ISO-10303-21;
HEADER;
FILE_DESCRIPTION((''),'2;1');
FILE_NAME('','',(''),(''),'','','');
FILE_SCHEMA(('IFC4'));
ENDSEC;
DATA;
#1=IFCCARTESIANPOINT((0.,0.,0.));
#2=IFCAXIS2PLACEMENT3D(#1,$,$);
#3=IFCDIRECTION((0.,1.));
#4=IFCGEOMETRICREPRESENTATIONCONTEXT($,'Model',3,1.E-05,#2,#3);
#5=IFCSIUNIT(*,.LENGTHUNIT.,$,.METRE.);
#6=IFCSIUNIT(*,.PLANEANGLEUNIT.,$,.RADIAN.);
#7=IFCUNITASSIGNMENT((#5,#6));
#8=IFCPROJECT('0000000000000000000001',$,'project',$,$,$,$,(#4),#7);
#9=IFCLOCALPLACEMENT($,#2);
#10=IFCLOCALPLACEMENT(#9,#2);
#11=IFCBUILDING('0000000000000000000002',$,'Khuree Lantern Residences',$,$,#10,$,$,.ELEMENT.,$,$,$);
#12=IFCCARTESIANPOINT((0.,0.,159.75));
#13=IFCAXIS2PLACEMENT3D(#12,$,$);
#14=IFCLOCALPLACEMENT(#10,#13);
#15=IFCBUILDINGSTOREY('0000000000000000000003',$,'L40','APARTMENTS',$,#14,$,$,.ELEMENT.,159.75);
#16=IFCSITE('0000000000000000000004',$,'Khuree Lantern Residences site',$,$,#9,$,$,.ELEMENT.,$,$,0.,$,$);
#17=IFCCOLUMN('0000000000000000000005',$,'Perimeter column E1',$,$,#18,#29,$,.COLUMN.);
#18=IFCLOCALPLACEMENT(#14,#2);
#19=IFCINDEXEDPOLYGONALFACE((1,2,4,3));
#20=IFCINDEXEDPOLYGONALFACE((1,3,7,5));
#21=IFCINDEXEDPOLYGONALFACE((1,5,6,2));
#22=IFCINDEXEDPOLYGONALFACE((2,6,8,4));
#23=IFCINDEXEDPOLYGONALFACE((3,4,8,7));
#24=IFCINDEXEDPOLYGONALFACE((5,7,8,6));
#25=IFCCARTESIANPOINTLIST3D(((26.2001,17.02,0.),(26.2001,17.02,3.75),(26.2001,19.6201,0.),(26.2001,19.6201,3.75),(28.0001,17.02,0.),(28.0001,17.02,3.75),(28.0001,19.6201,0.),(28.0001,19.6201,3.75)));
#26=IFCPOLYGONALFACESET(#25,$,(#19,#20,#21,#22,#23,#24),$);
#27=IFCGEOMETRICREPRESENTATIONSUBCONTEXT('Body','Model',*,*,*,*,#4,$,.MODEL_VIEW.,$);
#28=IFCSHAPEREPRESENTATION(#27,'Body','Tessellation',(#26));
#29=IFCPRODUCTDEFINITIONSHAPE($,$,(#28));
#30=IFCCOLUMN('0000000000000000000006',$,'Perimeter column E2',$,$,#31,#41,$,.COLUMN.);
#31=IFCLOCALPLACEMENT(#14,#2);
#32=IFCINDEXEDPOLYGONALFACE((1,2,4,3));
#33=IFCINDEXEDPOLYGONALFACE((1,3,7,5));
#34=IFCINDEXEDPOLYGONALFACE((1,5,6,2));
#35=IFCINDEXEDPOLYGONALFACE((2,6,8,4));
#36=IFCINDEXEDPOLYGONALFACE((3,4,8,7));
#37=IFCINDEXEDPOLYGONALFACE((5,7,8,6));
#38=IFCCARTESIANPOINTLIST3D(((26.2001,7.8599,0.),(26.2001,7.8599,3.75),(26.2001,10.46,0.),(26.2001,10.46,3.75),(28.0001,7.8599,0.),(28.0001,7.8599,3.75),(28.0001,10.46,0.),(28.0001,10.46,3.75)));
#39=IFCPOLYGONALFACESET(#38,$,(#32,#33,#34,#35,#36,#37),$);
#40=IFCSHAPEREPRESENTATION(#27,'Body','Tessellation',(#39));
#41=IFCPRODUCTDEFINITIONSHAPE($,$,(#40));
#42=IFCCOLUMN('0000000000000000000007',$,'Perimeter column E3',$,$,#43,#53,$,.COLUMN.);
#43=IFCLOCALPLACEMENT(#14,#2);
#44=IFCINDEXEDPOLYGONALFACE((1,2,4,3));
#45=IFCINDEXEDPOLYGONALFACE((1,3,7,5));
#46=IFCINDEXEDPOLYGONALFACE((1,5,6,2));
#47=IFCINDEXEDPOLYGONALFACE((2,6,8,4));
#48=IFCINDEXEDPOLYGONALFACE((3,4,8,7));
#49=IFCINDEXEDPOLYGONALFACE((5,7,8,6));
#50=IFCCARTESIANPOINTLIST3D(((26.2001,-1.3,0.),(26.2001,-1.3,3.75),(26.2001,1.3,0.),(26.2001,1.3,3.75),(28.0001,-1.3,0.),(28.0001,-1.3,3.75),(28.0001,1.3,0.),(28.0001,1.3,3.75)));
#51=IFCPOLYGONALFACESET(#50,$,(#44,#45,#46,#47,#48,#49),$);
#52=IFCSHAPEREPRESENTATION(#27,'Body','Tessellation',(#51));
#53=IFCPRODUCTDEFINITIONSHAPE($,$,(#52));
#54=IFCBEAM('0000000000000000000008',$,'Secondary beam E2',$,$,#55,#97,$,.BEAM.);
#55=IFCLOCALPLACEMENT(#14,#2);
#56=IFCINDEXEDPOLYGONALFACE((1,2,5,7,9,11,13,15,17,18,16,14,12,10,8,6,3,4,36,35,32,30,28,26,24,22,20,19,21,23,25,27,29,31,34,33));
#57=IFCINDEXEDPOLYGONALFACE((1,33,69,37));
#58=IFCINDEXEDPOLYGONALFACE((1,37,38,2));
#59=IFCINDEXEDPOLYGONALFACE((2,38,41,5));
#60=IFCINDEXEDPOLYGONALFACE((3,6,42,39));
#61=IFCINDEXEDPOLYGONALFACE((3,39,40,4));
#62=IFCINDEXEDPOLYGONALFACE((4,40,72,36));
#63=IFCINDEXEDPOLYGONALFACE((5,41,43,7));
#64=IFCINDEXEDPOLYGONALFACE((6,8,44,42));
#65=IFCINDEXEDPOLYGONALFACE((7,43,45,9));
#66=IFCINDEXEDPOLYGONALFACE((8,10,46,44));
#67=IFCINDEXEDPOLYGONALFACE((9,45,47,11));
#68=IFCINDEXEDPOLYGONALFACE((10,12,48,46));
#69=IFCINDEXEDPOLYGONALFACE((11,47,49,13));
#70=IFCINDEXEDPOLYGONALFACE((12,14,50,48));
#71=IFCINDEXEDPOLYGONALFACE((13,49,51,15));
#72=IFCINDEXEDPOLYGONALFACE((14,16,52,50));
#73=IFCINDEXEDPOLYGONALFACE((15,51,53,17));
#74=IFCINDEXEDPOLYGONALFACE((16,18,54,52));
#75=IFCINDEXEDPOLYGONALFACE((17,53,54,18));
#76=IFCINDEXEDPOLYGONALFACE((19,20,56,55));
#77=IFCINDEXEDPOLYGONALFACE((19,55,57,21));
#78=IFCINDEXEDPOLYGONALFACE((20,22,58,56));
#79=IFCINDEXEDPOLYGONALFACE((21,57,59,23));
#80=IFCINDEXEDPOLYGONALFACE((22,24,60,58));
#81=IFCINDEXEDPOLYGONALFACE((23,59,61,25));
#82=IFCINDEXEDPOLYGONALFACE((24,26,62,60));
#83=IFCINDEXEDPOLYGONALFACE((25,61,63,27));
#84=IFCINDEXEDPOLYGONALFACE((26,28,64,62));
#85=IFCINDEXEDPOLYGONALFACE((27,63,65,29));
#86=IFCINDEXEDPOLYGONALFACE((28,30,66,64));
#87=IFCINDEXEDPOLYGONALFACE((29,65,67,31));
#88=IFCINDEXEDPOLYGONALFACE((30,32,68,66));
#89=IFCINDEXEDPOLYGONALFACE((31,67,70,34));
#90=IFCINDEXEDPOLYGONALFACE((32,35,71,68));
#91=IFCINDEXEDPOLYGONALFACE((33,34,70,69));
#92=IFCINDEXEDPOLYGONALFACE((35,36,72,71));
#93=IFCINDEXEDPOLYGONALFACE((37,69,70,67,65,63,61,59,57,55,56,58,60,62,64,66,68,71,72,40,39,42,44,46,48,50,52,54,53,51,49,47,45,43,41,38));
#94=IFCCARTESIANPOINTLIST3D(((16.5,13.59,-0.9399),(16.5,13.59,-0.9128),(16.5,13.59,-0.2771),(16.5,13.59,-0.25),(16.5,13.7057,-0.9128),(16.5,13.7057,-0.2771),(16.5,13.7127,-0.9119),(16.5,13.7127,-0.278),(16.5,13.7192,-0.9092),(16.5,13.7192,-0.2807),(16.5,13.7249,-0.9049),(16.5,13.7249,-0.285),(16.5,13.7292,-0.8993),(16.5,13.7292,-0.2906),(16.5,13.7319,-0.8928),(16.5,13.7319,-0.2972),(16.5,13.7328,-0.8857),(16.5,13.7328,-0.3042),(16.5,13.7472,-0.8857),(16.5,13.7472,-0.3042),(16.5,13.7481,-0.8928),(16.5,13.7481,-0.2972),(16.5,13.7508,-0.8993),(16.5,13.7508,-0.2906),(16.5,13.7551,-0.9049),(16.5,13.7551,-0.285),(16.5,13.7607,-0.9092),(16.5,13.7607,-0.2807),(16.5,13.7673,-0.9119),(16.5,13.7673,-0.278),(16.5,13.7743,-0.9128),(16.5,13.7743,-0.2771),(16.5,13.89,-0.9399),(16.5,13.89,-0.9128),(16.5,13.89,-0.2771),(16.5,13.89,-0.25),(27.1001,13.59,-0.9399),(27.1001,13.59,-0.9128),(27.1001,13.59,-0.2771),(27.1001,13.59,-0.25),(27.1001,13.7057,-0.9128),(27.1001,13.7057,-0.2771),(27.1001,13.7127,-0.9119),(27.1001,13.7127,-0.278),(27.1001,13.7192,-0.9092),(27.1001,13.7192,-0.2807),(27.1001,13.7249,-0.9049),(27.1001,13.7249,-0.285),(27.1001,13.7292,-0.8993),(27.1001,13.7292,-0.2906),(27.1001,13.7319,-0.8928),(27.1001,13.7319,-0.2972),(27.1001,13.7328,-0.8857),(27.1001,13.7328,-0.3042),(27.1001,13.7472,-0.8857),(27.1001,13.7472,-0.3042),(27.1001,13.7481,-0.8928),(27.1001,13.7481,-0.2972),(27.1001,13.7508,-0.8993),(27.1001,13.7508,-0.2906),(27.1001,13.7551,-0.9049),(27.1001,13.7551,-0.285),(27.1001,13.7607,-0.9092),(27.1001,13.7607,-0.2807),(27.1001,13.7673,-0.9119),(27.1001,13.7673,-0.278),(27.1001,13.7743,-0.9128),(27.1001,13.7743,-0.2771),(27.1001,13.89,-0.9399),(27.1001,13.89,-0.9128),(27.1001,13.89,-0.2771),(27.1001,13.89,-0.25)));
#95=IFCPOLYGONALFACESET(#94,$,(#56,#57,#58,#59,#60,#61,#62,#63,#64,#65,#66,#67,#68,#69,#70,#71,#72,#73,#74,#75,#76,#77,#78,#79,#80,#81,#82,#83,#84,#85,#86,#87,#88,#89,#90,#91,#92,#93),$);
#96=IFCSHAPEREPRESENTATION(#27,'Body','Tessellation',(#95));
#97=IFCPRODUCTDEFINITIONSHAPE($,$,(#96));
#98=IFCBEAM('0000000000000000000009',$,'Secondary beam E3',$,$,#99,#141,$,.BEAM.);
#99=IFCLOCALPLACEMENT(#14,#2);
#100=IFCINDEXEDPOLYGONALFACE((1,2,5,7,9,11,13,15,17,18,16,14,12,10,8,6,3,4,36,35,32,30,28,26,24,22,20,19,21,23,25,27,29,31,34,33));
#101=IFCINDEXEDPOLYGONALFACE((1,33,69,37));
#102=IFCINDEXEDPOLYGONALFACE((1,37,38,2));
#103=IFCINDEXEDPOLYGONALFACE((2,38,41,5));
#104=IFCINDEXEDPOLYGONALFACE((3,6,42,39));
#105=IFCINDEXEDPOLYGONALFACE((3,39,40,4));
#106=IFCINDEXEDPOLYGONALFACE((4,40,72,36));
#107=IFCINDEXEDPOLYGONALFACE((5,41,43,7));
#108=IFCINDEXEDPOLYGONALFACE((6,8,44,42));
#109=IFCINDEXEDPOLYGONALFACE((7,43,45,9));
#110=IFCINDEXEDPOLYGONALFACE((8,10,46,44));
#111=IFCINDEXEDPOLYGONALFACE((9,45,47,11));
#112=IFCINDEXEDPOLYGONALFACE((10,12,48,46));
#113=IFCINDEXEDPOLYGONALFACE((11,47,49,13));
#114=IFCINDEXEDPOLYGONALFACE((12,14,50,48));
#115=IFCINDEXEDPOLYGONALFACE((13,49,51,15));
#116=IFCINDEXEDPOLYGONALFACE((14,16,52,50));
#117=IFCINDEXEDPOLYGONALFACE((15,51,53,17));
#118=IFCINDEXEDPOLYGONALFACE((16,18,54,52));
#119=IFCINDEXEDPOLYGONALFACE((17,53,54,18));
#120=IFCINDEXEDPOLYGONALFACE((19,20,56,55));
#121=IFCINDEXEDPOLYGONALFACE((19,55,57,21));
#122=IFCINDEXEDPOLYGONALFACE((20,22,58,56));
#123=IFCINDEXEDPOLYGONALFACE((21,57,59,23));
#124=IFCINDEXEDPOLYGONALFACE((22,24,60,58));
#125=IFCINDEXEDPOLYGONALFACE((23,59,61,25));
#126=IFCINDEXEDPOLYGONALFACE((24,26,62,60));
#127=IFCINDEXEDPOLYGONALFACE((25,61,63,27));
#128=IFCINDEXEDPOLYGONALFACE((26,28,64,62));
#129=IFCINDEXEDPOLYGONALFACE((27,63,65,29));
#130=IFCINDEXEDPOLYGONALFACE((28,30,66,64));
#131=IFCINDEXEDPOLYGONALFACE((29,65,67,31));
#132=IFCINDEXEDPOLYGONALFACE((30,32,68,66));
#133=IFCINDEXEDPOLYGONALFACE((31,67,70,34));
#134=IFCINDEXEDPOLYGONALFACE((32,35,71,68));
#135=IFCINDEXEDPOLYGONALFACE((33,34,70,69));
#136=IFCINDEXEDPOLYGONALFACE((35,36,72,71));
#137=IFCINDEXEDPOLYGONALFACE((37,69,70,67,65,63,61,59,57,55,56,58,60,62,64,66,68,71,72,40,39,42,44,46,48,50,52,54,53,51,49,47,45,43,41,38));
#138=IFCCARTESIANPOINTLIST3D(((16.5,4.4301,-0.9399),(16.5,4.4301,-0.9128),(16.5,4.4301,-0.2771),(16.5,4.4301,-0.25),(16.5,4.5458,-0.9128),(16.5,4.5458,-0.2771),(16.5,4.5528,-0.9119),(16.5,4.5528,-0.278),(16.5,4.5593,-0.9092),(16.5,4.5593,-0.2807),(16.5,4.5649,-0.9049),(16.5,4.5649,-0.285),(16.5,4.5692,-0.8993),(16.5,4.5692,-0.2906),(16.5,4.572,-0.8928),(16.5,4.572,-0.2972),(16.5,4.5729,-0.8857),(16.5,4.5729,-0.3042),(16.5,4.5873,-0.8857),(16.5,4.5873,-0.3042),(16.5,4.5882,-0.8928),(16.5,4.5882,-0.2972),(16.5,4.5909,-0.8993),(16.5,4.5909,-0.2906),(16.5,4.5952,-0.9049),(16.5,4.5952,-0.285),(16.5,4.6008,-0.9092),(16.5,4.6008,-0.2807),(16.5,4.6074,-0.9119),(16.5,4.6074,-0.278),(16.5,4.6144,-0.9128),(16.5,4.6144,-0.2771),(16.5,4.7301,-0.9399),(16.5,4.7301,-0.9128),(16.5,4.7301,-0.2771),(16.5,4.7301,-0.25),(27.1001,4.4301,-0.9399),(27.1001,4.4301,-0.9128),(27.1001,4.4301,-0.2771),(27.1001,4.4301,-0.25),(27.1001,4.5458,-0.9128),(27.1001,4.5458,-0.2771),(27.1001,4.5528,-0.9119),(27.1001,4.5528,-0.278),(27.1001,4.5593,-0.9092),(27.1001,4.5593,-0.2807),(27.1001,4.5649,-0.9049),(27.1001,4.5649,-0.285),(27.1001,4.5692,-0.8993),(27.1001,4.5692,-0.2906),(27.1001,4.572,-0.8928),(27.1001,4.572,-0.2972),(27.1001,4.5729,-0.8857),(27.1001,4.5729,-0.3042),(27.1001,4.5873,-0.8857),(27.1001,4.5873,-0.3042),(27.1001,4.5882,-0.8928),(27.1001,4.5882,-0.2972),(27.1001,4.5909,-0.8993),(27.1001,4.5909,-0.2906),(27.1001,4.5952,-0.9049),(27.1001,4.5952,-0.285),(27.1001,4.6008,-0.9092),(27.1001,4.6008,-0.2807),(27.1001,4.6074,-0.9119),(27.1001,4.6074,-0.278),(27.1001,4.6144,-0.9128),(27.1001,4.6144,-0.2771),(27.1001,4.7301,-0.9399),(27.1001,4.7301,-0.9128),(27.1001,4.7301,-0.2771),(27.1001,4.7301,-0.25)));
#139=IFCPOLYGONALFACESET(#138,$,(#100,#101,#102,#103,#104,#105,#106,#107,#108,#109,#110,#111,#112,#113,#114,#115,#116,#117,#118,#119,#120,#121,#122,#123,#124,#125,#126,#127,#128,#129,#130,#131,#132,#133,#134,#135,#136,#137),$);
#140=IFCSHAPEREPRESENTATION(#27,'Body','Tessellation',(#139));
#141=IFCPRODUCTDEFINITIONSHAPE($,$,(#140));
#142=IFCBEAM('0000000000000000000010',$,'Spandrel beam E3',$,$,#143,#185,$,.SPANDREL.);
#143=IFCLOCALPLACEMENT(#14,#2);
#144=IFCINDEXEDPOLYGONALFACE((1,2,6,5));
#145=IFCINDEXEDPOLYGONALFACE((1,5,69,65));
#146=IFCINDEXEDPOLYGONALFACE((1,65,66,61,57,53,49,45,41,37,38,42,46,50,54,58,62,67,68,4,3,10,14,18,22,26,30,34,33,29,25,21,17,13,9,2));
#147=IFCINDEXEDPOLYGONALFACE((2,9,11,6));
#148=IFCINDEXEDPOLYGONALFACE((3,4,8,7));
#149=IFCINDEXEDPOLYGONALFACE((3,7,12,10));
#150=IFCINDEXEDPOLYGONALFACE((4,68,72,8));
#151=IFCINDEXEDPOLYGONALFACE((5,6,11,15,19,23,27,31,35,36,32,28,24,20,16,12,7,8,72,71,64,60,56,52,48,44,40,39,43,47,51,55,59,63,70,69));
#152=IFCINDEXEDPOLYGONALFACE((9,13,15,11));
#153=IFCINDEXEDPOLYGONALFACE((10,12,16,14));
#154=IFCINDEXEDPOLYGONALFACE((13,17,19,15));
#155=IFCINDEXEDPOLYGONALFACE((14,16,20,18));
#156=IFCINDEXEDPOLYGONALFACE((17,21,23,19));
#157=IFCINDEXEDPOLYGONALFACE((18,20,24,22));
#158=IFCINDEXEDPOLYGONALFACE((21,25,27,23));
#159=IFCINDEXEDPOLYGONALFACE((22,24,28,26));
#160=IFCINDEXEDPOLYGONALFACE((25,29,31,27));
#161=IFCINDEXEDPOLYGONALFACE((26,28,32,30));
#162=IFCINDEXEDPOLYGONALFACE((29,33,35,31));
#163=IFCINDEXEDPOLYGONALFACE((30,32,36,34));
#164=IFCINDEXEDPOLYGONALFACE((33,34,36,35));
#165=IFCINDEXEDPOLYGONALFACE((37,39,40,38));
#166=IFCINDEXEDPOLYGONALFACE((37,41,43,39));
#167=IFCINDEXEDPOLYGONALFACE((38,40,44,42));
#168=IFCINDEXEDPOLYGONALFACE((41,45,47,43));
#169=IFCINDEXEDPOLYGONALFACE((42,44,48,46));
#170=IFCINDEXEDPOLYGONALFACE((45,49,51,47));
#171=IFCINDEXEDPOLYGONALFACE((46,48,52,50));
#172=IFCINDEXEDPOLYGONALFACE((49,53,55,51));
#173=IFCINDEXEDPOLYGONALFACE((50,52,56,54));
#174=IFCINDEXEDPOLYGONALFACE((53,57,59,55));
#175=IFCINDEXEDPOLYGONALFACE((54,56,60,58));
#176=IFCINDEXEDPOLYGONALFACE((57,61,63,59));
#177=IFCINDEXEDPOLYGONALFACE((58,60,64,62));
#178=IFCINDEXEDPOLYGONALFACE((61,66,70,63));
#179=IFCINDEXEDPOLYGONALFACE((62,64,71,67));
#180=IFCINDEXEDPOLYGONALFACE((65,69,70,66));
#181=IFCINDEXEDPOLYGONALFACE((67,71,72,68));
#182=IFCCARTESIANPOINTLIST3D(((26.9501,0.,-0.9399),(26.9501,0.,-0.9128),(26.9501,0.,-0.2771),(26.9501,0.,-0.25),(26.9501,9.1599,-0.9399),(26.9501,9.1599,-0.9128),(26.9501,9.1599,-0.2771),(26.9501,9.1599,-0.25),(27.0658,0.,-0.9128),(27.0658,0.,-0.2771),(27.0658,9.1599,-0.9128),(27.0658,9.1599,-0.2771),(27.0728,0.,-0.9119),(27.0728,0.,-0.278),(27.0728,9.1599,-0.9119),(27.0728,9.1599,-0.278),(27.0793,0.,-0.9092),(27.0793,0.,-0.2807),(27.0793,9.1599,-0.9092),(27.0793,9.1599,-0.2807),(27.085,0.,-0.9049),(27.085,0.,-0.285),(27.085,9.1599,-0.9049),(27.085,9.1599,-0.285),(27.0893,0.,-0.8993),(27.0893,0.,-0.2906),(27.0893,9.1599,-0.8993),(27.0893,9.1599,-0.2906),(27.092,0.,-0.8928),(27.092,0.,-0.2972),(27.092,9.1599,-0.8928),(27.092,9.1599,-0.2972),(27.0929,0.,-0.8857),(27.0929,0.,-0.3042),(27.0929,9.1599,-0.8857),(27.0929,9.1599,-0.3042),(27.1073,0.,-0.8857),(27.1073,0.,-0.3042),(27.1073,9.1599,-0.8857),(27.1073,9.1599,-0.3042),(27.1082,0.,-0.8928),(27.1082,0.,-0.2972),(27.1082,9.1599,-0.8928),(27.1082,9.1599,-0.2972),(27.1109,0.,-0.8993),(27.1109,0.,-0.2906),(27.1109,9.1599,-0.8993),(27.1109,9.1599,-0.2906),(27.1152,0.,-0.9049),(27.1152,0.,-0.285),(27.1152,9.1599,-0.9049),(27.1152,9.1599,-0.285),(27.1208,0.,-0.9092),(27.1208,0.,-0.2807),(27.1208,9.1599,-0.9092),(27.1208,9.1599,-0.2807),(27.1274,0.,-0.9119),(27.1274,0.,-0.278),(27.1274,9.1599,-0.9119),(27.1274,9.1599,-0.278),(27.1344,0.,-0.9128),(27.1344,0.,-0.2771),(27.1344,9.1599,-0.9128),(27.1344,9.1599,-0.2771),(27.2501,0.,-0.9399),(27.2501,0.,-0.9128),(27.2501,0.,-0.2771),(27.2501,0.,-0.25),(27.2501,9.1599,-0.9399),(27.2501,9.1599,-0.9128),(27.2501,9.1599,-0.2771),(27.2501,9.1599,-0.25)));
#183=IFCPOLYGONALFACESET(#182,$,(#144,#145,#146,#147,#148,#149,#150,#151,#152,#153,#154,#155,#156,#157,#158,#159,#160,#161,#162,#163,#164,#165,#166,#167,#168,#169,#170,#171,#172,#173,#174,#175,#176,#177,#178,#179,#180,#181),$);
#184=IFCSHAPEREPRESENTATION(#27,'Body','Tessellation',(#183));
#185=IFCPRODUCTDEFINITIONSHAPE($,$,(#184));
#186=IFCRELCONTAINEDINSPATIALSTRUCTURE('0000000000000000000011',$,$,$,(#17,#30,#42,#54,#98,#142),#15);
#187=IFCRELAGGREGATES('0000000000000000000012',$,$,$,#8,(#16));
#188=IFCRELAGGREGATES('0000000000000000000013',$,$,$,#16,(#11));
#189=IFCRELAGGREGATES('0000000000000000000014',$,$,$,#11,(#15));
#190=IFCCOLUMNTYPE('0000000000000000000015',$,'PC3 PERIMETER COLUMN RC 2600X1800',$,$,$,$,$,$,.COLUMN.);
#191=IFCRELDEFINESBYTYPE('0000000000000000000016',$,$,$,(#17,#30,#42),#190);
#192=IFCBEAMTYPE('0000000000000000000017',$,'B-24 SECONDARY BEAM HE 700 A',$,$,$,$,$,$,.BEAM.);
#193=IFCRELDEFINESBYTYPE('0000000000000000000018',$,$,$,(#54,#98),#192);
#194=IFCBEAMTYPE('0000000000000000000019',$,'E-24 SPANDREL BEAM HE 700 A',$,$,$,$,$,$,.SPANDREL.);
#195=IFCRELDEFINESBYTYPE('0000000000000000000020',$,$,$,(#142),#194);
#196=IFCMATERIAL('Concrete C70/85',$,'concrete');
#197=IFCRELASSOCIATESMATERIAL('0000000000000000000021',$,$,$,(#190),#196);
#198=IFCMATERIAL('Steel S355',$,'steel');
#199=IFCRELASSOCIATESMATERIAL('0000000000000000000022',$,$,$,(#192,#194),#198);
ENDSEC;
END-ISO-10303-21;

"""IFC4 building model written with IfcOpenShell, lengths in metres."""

from ifc_helpers import new_model, si_unit, direction, frame, origin, origin_2d, place, context, subcontext, project, spatial, rectangle, i_section, extrude, material, material_profile, profile_set, type_object, element, save


model = new_model("IFC4")

# Units and contexts
model_context = context("Model", 3, precision=1e-05, world=origin(), true_north=direction((0.0, 1.0)))
body_context = subcontext(model_context, "Body", "Model", "MODEL_VIEW")
ifc_project = project(units=[si_unit("LENGTHUNIT", "METRE"), si_unit("PLANEANGLEUNIT", "RADIAN")], contexts=[model_context])

# Site, building, storey
site_placement = place(None, origin())
site = spatial("IfcSite", under=ifc_project, at=site_placement, Name="Khuree Lantern Residences site", CompositionType="ELEMENT", RefElevation=0.0)
building_placement = place(site_placement, origin())
building = spatial("IfcBuilding", under=site, at=building_placement, Name="Khuree Lantern Residences", CompositionType="ELEMENT")
storey_placement = place(building_placement, frame((0.0, 0.0, 159.75)))
storey = spatial("IfcBuildingStorey", under=building, at=storey_placement, Name="L40", Description="APARTMENTS", CompositionType="ELEMENT", Elevation=159.75)

# Columns
ifc_material_1 = material(Name="Concrete C70/85", Category="concrete")
ifc_material_profile_1 = material_profile(ifc_material_1, rectangle(XDim=2.6001, YDim=1.8, at=origin_2d()), Name="RC 2600X1800")
ifc_profile_set_1 = profile_set([ifc_material_profile_1], Name="Concrete C70/85")
column_type = type_object("IfcColumnType", Name="PC3 PERIMETER COLUMN RC 2600X1800", PredefinedType="COLUMN", material=ifc_profile_set_1)
for number, where, z_axis, x_axis, name in (
    (1, (27.1001, 18.3201, 0.0), (0.0, 0.0, 1.0), (0.0, 1.0, 0.0), "Perimeter column E1"),
    (2, (27.1001, 9.1599, 0.0), (0.0, 0.0, 1.0), (0.0, 1.0, 0.0), "Perimeter column E2"),
    (3, (27.1001, 0.0, 0.0), (0.0, 0.0, 1.0), (0.0, 1.0, 0.0), "Perimeter column E3"),
):
    element("IfcColumn", number, at=place(storey_placement, frame(where, z_axis=z_axis, x_axis=x_axis)), inside=storey, type_object=column_type, Name=name, PredefinedType="COLUMN", context=body_context, shape_type="SweptSolid", body=[
        extrude(rectangle(XDim=2.6001, YDim=1.8, at=origin_2d()), origin(), (0.0, 0.0, 1.0), 3.75),
    ])

# Beams
ifc_material_2 = material(Name="Steel S355", Category="steel")
ifc_material_profile_2 = material_profile(ifc_material_2, i_section(OverallWidth=0.3, OverallDepth=0.6899, WebThickness=0.0144, FlangeThickness=0.0271, FilletRadius=0.0271, at=origin_2d()), Name="HE 700 A")
ifc_profile_set_2 = profile_set([ifc_material_profile_2], Name="Steel S355")
beam_type_1 = type_object("IfcBeamType", Name="B-24 SECONDARY BEAM HE 700 A", PredefinedType="BEAM", material=ifc_profile_set_2)
for number, where, z_axis, x_axis, name in (
    (4, (27.1001, 13.74, -0.595), (-1.0, 0.0, 0.0), (0.0, -1.0, 0.0), "Secondary beam E2"),
    (5, (27.1001, 4.5801, -0.595), (-1.0, 0.0, 0.0), (0.0, -1.0, 0.0), "Secondary beam E3"),
):
    element("IfcBeam", number, at=place(storey_placement, frame(where, z_axis=z_axis, x_axis=x_axis)), inside=storey, type_object=beam_type_1, Name=name, PredefinedType="BEAM", context=body_context, shape_type="SweptSolid", body=[
        extrude(i_section(OverallWidth=0.3, OverallDepth=0.6899, WebThickness=0.0144, FlangeThickness=0.0271, FilletRadius=0.0271, at=origin_2d()), origin(), (0.0, 0.0, 1.0), 10.6001),
    ])
ifc_material_profile_3 = material_profile(ifc_material_2, i_section(OverallWidth=0.3, OverallDepth=0.6899, WebThickness=0.0144, FlangeThickness=0.0271, FilletRadius=0.0271, at=origin_2d()), Name="HE 700 A")
ifc_profile_set_3 = profile_set([ifc_material_profile_3], Name="Steel S355")
beam_type_2 = type_object("IfcBeamType", Name="E-24 SPANDREL BEAM HE 700 A", PredefinedType="SPANDREL", material=ifc_profile_set_3)
for number, where, z_axis, x_axis, name in (
    (6, (27.1001, 9.1599, -0.595), (0.0, -1.0, 0.0), (1.0, 0.0, 0.0), "Spandrel beam E3"),
):
    element("IfcBeam", number, at=place(storey_placement, frame(where, z_axis=z_axis, x_axis=x_axis)), inside=storey, type_object=beam_type_2, Name=name, PredefinedType="SPANDREL", context=body_context, shape_type="SweptSolid", body=[
        extrude(i_section(OverallWidth=0.3, OverallDepth=0.6899, WebThickness=0.0144, FlangeThickness=0.0271, FilletRadius=0.0271, at=origin_2d()), origin(), (0.0, 0.0, 1.0), 9.1599),
    ])

save(model, "model.ifc")
